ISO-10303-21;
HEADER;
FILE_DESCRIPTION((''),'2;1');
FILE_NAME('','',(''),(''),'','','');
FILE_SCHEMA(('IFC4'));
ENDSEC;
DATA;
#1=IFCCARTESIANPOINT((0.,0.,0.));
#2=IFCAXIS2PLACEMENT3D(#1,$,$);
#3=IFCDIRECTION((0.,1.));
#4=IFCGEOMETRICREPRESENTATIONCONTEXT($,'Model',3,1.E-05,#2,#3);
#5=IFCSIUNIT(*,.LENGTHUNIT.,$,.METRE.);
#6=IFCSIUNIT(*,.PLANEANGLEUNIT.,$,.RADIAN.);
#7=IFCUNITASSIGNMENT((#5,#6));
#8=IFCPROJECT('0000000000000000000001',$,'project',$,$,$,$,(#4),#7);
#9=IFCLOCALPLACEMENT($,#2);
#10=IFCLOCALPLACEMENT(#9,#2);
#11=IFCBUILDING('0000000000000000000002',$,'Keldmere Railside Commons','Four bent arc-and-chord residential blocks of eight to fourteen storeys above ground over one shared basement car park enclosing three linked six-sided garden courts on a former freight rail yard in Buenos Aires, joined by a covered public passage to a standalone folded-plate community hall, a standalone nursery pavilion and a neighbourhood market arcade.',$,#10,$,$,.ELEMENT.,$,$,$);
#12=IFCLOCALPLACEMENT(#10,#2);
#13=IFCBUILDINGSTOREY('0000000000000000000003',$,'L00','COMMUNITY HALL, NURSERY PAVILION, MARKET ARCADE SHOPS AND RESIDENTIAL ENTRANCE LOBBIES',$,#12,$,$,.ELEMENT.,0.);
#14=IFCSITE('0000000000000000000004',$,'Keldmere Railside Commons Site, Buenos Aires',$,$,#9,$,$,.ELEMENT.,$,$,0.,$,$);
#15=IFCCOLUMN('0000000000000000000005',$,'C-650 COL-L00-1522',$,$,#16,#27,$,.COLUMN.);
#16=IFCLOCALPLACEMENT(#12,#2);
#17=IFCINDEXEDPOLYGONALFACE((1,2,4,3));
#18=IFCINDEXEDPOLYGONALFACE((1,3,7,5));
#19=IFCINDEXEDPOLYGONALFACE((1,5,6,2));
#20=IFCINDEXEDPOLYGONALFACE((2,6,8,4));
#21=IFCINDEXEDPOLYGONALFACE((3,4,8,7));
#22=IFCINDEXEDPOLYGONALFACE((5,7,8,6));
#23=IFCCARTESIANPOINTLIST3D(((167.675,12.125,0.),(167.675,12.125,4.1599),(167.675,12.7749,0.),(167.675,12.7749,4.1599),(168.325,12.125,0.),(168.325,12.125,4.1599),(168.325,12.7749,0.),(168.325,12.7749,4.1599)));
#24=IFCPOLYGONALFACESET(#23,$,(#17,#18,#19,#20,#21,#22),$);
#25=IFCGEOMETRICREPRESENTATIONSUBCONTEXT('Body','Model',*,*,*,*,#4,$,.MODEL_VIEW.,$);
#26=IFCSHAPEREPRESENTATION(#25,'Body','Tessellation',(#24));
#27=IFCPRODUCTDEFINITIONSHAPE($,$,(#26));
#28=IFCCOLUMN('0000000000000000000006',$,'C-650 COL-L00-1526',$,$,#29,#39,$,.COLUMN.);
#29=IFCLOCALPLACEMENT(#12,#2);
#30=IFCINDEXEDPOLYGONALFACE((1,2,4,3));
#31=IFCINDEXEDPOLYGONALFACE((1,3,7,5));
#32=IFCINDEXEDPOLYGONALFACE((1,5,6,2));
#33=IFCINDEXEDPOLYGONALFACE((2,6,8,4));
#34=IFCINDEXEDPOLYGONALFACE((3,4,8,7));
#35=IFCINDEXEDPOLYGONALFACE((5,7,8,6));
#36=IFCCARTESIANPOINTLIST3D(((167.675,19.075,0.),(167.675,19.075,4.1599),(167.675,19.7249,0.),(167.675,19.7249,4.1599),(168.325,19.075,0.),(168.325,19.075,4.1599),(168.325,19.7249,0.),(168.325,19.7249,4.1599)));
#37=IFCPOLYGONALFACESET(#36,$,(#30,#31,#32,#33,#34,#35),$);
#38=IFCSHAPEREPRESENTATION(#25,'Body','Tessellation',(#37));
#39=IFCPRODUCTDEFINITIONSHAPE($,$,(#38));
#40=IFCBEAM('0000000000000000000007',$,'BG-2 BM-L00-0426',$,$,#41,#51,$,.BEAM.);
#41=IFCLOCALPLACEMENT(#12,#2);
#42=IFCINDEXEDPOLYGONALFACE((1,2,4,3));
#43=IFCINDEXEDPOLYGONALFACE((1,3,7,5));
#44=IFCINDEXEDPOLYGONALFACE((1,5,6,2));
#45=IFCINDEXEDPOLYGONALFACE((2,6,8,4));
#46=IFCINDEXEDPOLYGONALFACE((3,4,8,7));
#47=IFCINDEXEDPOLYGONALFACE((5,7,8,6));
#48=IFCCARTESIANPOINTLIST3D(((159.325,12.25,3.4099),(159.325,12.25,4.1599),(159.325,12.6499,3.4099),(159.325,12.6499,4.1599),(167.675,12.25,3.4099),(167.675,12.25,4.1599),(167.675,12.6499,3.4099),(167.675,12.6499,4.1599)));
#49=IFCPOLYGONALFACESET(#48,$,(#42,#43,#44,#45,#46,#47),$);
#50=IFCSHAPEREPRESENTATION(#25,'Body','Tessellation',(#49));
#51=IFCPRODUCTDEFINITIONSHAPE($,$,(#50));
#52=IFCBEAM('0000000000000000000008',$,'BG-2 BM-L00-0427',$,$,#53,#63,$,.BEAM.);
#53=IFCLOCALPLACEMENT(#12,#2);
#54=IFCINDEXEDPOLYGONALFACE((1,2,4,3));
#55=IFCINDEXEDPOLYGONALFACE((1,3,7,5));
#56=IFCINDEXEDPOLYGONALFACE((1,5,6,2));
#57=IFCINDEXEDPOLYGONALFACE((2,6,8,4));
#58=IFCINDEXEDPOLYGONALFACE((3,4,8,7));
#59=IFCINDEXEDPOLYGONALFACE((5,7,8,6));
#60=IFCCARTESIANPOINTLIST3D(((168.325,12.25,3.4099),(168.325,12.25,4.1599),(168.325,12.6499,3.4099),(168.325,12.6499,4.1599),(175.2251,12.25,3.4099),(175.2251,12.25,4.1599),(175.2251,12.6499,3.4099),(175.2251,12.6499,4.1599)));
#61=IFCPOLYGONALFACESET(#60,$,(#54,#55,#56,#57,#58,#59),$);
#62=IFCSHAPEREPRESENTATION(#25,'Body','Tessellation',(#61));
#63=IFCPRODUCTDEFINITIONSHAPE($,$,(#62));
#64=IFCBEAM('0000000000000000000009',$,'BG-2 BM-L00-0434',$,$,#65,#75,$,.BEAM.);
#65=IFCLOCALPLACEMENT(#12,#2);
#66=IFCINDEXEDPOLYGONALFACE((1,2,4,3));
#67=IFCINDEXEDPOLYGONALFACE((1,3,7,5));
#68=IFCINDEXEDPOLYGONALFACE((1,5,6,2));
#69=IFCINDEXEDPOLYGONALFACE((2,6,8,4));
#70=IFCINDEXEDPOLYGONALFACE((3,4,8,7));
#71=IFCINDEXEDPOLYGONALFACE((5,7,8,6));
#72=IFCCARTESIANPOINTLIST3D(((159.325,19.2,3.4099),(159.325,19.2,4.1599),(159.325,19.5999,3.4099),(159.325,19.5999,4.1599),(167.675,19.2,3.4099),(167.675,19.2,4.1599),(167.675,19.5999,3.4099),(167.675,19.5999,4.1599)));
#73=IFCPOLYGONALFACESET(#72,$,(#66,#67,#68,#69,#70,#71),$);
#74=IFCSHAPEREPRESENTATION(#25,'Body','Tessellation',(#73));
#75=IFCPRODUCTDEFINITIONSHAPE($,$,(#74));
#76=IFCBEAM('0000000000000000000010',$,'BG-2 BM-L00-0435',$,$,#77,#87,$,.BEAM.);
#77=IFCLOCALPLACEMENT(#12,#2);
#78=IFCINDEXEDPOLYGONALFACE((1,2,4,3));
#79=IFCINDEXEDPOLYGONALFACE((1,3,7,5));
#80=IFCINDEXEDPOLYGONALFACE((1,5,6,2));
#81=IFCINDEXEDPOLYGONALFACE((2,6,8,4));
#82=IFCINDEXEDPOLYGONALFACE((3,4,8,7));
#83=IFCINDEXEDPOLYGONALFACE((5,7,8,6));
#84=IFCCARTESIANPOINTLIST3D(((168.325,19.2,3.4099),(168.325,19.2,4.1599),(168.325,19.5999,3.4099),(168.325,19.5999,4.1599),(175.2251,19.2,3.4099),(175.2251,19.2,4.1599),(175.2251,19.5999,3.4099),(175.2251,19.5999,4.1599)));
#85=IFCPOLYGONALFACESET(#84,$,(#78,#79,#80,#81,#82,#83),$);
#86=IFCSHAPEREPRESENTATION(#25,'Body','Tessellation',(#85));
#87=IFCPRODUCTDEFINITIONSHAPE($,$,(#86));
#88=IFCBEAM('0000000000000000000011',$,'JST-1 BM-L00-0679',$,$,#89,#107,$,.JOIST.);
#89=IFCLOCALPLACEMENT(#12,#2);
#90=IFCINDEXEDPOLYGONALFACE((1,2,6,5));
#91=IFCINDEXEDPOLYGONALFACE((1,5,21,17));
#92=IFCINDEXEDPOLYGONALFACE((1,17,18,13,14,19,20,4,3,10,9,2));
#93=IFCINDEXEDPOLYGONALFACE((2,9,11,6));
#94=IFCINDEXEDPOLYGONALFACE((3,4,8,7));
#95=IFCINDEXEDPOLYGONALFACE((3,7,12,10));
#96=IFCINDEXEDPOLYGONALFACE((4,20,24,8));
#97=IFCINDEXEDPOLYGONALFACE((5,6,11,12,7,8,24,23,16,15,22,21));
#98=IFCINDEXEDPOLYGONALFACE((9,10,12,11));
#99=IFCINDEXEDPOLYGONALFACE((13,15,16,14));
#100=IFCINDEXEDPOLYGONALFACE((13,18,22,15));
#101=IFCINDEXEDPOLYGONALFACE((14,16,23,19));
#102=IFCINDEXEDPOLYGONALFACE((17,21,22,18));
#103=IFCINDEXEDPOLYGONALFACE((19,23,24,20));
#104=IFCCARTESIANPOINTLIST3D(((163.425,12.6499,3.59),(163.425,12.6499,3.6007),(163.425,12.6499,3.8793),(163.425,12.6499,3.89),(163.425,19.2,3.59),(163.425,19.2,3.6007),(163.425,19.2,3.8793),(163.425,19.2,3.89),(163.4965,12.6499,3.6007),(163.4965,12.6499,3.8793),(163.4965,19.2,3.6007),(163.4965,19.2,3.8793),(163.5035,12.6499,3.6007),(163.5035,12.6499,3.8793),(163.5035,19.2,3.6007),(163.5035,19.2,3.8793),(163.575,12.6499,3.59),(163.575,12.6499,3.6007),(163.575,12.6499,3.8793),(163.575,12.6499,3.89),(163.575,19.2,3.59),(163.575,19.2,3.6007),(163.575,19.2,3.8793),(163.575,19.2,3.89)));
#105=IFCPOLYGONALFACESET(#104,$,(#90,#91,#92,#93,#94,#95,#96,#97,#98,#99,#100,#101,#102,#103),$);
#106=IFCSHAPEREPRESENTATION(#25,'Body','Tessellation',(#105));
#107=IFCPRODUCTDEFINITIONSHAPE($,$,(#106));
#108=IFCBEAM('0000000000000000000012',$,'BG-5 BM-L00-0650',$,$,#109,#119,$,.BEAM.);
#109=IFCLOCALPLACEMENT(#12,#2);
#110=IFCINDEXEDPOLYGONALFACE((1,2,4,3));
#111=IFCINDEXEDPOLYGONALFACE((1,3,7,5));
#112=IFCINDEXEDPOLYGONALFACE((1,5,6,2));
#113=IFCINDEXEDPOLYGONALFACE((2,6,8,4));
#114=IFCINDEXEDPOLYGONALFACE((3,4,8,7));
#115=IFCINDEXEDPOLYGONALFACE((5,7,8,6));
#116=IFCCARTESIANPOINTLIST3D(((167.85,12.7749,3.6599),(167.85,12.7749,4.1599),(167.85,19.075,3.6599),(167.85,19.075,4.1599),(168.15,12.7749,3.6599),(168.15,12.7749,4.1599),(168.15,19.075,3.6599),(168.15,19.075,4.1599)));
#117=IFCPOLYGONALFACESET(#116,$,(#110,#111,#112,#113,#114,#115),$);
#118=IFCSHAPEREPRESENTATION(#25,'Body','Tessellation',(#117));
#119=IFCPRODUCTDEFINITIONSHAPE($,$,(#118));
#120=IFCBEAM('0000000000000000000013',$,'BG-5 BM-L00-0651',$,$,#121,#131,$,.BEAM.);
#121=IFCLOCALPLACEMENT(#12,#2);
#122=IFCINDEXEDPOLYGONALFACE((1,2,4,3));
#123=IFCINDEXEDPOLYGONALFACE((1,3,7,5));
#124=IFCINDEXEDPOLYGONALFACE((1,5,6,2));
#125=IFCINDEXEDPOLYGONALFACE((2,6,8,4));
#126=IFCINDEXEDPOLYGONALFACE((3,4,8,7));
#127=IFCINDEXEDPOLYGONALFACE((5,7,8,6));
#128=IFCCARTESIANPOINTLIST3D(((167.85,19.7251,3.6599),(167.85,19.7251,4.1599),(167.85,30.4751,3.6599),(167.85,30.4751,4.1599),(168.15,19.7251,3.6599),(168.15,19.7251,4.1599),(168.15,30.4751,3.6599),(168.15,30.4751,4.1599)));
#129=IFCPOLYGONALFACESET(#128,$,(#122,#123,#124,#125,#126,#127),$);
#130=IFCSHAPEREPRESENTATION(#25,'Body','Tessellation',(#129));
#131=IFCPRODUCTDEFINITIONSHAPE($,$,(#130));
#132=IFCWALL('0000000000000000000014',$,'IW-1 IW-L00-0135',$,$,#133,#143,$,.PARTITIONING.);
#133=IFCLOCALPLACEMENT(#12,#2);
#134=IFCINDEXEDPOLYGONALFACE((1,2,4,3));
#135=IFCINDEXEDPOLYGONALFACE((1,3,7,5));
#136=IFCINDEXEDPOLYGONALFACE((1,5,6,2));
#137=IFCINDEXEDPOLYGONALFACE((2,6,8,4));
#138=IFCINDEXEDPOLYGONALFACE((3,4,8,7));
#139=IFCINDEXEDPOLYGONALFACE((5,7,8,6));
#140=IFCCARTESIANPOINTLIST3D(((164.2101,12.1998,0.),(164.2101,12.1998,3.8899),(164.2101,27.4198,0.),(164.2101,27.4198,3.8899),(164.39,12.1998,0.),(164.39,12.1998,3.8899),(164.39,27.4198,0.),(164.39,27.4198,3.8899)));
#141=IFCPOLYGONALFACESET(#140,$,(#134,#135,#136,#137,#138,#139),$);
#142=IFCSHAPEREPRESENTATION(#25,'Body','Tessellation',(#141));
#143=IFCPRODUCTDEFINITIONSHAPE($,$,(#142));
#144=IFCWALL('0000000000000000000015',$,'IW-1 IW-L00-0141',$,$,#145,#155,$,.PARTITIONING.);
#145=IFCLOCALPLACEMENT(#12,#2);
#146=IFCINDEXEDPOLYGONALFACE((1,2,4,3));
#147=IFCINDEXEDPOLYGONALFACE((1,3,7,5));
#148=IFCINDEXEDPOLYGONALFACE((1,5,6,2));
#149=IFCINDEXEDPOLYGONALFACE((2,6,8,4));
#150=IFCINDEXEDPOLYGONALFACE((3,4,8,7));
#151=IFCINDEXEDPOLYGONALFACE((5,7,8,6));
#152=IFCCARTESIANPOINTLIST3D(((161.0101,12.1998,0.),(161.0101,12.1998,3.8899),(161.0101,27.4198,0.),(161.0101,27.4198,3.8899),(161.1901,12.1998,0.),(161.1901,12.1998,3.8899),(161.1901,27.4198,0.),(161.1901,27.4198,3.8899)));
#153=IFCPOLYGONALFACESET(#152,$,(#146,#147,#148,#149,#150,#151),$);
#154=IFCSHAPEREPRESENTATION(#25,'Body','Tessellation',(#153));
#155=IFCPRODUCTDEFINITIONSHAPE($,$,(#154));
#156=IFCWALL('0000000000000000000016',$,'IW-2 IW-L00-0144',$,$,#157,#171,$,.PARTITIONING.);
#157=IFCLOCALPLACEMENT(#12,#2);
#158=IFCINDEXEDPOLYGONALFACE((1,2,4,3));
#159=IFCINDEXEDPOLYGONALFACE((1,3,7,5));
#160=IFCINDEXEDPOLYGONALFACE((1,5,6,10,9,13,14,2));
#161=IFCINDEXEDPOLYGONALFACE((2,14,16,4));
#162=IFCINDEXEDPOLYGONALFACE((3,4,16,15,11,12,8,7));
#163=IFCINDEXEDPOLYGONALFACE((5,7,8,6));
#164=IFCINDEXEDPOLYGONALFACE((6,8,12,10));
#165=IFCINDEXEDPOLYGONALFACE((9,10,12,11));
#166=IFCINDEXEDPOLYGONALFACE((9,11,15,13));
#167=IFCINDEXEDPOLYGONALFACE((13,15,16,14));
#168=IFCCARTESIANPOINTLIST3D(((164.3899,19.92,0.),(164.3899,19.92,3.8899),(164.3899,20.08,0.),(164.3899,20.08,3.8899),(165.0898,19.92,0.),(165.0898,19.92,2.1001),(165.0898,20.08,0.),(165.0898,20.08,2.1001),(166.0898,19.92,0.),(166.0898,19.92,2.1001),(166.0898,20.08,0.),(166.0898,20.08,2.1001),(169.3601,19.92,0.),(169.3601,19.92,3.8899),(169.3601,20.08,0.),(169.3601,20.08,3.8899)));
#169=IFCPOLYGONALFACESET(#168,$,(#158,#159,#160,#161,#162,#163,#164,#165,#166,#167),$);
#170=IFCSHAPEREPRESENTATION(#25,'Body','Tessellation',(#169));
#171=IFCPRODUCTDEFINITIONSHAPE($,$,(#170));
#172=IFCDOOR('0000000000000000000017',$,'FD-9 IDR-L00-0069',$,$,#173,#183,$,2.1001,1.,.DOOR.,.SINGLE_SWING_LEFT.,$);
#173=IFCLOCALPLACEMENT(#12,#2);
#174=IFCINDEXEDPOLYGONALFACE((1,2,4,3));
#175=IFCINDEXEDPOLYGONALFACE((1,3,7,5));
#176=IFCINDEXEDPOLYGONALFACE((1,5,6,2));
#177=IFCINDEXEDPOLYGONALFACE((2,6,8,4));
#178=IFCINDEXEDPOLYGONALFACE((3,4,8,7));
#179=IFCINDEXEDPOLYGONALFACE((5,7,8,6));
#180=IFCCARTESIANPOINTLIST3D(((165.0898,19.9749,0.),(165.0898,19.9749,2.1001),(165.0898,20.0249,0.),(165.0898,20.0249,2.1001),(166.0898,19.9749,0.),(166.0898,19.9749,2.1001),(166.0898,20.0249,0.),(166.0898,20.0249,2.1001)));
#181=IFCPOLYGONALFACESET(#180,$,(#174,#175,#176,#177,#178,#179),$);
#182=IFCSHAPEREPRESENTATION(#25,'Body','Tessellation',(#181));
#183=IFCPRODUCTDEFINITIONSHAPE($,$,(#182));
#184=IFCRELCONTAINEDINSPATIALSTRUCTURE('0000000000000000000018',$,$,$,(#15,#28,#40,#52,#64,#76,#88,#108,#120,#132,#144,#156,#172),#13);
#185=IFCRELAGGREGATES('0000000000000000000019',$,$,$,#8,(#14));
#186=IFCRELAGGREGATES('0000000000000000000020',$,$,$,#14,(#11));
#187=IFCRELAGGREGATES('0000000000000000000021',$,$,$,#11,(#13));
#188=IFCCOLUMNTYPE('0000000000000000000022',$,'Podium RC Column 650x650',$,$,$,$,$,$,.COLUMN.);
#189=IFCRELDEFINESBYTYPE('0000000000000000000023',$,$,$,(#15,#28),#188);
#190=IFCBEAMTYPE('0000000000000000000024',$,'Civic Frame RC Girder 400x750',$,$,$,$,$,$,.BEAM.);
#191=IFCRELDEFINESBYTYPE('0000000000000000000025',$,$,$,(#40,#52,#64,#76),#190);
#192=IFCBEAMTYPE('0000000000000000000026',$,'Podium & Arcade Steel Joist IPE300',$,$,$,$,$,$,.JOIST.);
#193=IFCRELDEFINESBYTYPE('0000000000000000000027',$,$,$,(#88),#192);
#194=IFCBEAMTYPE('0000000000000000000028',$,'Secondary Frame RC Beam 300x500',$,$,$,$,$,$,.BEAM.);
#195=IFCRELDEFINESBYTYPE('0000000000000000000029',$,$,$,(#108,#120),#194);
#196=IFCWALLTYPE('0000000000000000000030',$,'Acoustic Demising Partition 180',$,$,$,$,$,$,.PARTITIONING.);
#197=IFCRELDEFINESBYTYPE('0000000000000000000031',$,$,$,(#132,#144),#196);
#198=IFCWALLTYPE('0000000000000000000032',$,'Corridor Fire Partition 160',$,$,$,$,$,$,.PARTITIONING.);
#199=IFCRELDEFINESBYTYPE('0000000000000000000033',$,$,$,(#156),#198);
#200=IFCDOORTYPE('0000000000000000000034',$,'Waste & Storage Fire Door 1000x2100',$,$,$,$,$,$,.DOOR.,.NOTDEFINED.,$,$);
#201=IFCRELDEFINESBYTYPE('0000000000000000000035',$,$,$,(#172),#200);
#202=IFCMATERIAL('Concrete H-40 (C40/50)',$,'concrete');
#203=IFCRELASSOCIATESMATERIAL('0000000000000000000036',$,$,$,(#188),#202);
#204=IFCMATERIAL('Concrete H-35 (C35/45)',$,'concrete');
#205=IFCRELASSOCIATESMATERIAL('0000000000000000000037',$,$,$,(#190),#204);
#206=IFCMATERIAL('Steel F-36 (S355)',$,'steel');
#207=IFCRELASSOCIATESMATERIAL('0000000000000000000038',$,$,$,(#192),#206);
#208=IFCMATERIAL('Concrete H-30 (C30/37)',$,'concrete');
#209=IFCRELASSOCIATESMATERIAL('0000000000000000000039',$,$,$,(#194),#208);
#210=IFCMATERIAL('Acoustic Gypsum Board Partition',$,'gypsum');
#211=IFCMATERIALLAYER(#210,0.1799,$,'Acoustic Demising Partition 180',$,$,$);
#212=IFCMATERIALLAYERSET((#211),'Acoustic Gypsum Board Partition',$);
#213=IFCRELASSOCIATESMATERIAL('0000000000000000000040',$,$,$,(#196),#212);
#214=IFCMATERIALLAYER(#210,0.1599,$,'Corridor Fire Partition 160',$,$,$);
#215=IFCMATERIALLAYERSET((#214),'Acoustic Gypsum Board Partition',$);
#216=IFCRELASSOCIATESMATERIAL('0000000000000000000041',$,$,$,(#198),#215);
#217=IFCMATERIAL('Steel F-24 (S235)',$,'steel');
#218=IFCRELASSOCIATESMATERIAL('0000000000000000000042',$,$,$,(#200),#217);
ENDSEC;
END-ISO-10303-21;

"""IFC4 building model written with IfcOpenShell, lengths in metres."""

from ifc_helpers import new_model, si_unit, direction, frame, frame_2d, origin, origin_2d, place, context, subcontext, project, spatial, rectangle, i_section, extrude, material, layer, layer_set, material_profile, profile_set, type_object, element, fill, save


model = new_model("IFC4")

# Units and contexts
model_context = context("Model", 3, precision=1e-05, world=origin(), true_north=direction((0.0, 1.0)))
body_context = subcontext(model_context, "Body", "Model", "MODEL_VIEW")
ifc_project = project(units=[si_unit("LENGTHUNIT", "METRE"), si_unit("PLANEANGLEUNIT", "RADIAN")], contexts=[model_context])

# Site, building, storey
site_placement = place(None, origin())
site = spatial("IfcSite", under=ifc_project, at=site_placement, Name="Keldmere Railside Commons Site, Buenos Aires", CompositionType="ELEMENT", RefElevation=0.0)
building_placement = place(site_placement, origin())
building = spatial("IfcBuilding", under=site, at=building_placement, Name="Keldmere Railside Commons", Description="Four bent arc-and-chord residential blocks of eight to fourteen storeys above ground over one shared basement car park enclosing three linked six-sided garden courts on a former freight rail yard in Buenos Aires, joined by a covered public passage to a standalone folded-plate community hall, a standalone nursery pavilion and a neighbourhood market arcade.", CompositionType="ELEMENT")
storey_placement = place(building_placement, origin())
storey = spatial("IfcBuildingStorey", under=building, at=storey_placement, Name="L00", Description="COMMUNITY HALL, NURSERY PAVILION, MARKET ARCADE SHOPS AND RESIDENTIAL ENTRANCE LOBBIES", CompositionType="ELEMENT", Elevation=0.0)

# Columns
ifc_material_1 = material(Name="Concrete H-40 (C40/50)", Category="concrete")
ifc_material_profile_1 = material_profile(ifc_material_1, rectangle(XDim=0.6499, YDim=0.6499, at=origin_2d()), Name="RC-650x650")
ifc_profile_set_1 = profile_set([ifc_material_profile_1], Name="Concrete H-40 (C40/50)")
column_type = type_object("IfcColumnType", Name="Podium RC Column 650x650", PredefinedType="COLUMN", material=ifc_profile_set_1)
for number, where, z_axis, x_axis, name in (
    (1, (168.0, 12.45, 0.0), (0.0, 0.0, 1.0), (1.0, 0.0, 0.0), "C-650 COL-L00-1522"),
    (2, (168.0, 19.3999, 0.0), (0.0, 0.0, 1.0), (1.0, 0.0, 0.0), "C-650 COL-L00-1526"),
):
    element("IfcColumn", number, at=place(storey_placement, frame(where, z_axis=z_axis, x_axis=x_axis)), inside=storey, type_object=column_type, Name=name, PredefinedType="COLUMN", context=body_context, shape_type="SweptSolid", body=[
        extrude(rectangle(XDim=0.6499, YDim=0.6499, at=origin_2d()), origin(), (0.0, 0.0, 1.0), 4.1599),
    ])

# Beams
ifc_material_2 = material(Name="Concrete H-35 (C35/45)", Category="concrete")
ifc_material_profile_2 = material_profile(ifc_material_2, rectangle(XDim=0.3999, YDim=0.75, at=origin_2d()), Name="RC-400x750")
ifc_profile_set_2 = profile_set([ifc_material_profile_2], Name="Concrete H-35 (C35/45)")
beam_type_1 = type_object("IfcBeamType", Name="Civic Frame RC Girder 400x750", PredefinedType="BEAM", material=ifc_profile_set_2)
beam_1_placement = place(storey_placement, frame((159.325, 12.45, 3.7849), z_axis=(1.0, 0.0, 0.0), x_axis=(0.0, 1.0, 0.0)))
element("IfcBeam", 3, at=beam_1_placement, inside=storey, type_object=beam_type_1, Name="BG-2 BM-L00-0426", PredefinedType="BEAM", context=body_context, shape_type="SweptSolid", body=[
    extrude(rectangle(XDim=0.3999, YDim=0.75, at=origin_2d()), origin(), (0.0, 0.0, 1.0), 8.3501),
])
beam_2_placement = place(storey_placement, frame((168.325, 12.45, 3.7849), z_axis=(1.0, 0.0, 0.0), x_axis=(0.0, 1.0, 0.0)))
element("IfcBeam", 4, at=beam_2_placement, inside=storey, type_object=beam_type_1, Name="BG-2 BM-L00-0427", PredefinedType="BEAM", context=body_context, shape_type="SweptSolid", body=[
    extrude(rectangle(XDim=0.3999, YDim=0.75, at=origin_2d()), origin(), (0.0, 0.0, 1.0), 6.9001),
])
beam_3_placement = place(storey_placement, frame((159.325, 19.3999, 3.7849), z_axis=(1.0, 0.0, 0.0), x_axis=(0.0, 1.0, 0.0)))
element("IfcBeam", 5, at=beam_3_placement, inside=storey, type_object=beam_type_1, Name="BG-2 BM-L00-0434", PredefinedType="BEAM", context=body_context, shape_type="SweptSolid", body=[
    extrude(rectangle(XDim=0.3999, YDim=0.75, at=origin_2d()), origin(), (0.0, 0.0, 1.0), 8.3501),
])
beam_4_placement = place(storey_placement, frame((168.325, 19.3999, 3.7849), z_axis=(1.0, 0.0, 0.0), x_axis=(0.0, 1.0, 0.0)))
element("IfcBeam", 6, at=beam_4_placement, inside=storey, type_object=beam_type_1, Name="BG-2 BM-L00-0435", PredefinedType="BEAM", context=body_context, shape_type="SweptSolid", body=[
    extrude(rectangle(XDim=0.3999, YDim=0.75, at=origin_2d()), origin(), (0.0, 0.0, 1.0), 6.9001),
])
ifc_material_3 = material(Name="Steel F-36 (S355)", Category="steel")
ifc_material_profile_3 = material_profile(ifc_material_3, i_section(OverallWidth=0.1499, OverallDepth=0.3, WebThickness=0.0071, FlangeThickness=0.0107, at=origin_2d()), Name="IPE-300")
ifc_profile_set_3 = profile_set([ifc_material_profile_3], Name="Steel F-36 (S355)")
beam_type_2 = type_object("IfcBeamType", Name="Podium & Arcade Steel Joist IPE300", PredefinedType="JOIST", material=ifc_profile_set_3)
beam_5_placement = place(storey_placement, frame((163.5, 12.6499, 3.74), z_axis=(0.0, 1.0, 0.0), x_axis=(-1.0, 0.0, 0.0)))
element("IfcBeam", 7, at=beam_5_placement, inside=storey, type_object=beam_type_2, Name="JST-1 BM-L00-0679", PredefinedType="JOIST", context=body_context, shape_type="SweptSolid", body=[
    extrude(i_section(OverallWidth=0.1499, OverallDepth=0.3, WebThickness=0.0071, FlangeThickness=0.0107, at=origin_2d()), origin(), (0.0, 0.0, 1.0), 6.55),
])
ifc_material_4 = material(Name="Concrete H-30 (C30/37)", Category="concrete")
ifc_material_profile_4 = material_profile(ifc_material_4, rectangle(XDim=0.3, YDim=0.5, at=origin_2d()), Name="RC-300x500")
ifc_profile_set_4 = profile_set([ifc_material_profile_4], Name="Concrete H-30 (C30/37)")
beam_type_3 = type_object("IfcBeamType", Name="Secondary Frame RC Beam 300x500", PredefinedType="BEAM", material=ifc_profile_set_4)
beam_6_placement = place(storey_placement, frame((168.0, 12.7749, 3.9099), z_axis=(0.0, 1.0, 0.0), x_axis=(-1.0, 0.0, 0.0)))
element("IfcBeam", 8, at=beam_6_placement, inside=storey, type_object=beam_type_3, Name="BG-5 BM-L00-0650", PredefinedType="BEAM", context=body_context, shape_type="SweptSolid", body=[
    extrude(rectangle(XDim=0.3, YDim=0.5, at=origin_2d()), origin(), (0.0, 0.0, 1.0), 6.3),
])
beam_7_placement = place(storey_placement, frame((168.0, 19.7251, 3.9099), z_axis=(0.0, 1.0, 0.0), x_axis=(-1.0, 0.0, 0.0)))
element("IfcBeam", 9, at=beam_7_placement, inside=storey, type_object=beam_type_3, Name="BG-5 BM-L00-0651", PredefinedType="BEAM", context=body_context, shape_type="SweptSolid", body=[
    extrude(rectangle(XDim=0.3, YDim=0.5, at=origin_2d()), origin(), (0.0, 0.0, 1.0), 10.75),
])

# Walls
ifc_material_5 = material(Name="Acoustic Gypsum Board Partition", Category="gypsum")
ifc_layer_1 = layer(ifc_material_5, 0.1799, Name="Acoustic Demising Partition 180")
ifc_layer_set_1 = layer_set([ifc_layer_1], Name="Acoustic Gypsum Board Partition")
wall_type_1 = type_object("IfcWallType", Name="Acoustic Demising Partition 180", PredefinedType="PARTITIONING", material=ifc_layer_set_1)
for number, where, z_axis, x_axis, name in (
    (10, (164.3, 12.2, 0.0), (0.0, 0.0, 1.0), (0.0, 1.0, 0.0), "IW-1 IW-L00-0135"),
    (11, (161.1001, 12.2, 0.0), (0.0, 0.0, 1.0), (0.0, 1.0, 0.0), "IW-1 IW-L00-0141"),
):
    element("IfcWall", number, at=place(storey_placement, frame(where, z_axis=z_axis, x_axis=x_axis)), inside=storey, type_object=wall_type_1, Name=name, PredefinedType="PARTITIONING", context=body_context, shape_type="SweptSolid", body=[
        extrude(rectangle(XDim=15.22, YDim=0.1799, at=frame_2d((7.6099, 0.0))), origin(), (0.0, 0.0, 1.0), 3.8899),
    ])

# Wall, opening, door
ifc_layer_2 = layer(ifc_material_5, 0.1599, Name="Corridor Fire Partition 160")
ifc_layer_set_2 = layer_set([ifc_layer_2], Name="Acoustic Gypsum Board Partition")
wall_type_2 = type_object("IfcWallType", Name="Corridor Fire Partition 160", PredefinedType="PARTITIONING", material=ifc_layer_set_2)
wall_1_placement = place(storey_placement, frame((164.3899, 20.0, 0.0), z_axis=(0.0, 0.0, 1.0), x_axis=(1.0, 0.0, 0.0)))
wall_1 = element("IfcWall", 12, at=wall_1_placement, inside=storey, type_object=wall_type_2, Name="IW-2 IW-L00-0144", PredefinedType="PARTITIONING", context=body_context, shape_type="SweptSolid", body=[
    extrude(rectangle(XDim=4.9702, YDim=0.1599, at=frame_2d((2.4851, 0.0))), origin(), (0.0, 0.0, 1.0), 3.8899),
])
opening_1_placement = place(wall_1_placement, frame((0.7, 0.0, 0.0)))
opening_1 = element("IfcOpeningElement", 13, at=opening_1_placement, cuts=wall_1, PredefinedType="OPENING", context=body_context, shape_type="SweptSolid", body=[
    extrude(rectangle(XDim=1.0, YDim=2.1001, at=frame_2d((0.5, 1.05))), frame((0.0, 0.0898, 0.0), z_axis=(0.0, -1.0, 0.0), x_axis=(1.0, 0.0, 0.0)), (0.0, 0.0, 1.0), 0.1799),
])
ifc_material_6 = material(Name="Steel F-24 (S235)", Category="steel")
door_type_1 = type_object("IfcDoorType", Name="Waste & Storage Fire Door 1000x2100", OperationType="NOTDEFINED", PredefinedType="DOOR", material=ifc_material_6)
door_1_placement = place(opening_1_placement, origin())
door_1 = element("IfcDoor", 14, at=door_1_placement, inside=storey, type_object=door_type_1, Name="FD-9 IDR-L00-0069", OperationType="SINGLE_SWING_LEFT", OverallHeight=2.1001, OverallWidth=1.0, PredefinedType="DOOR", context=body_context, shape_type="SweptSolid", body=[
    extrude(rectangle(XDim=1.0, YDim=2.1001, at=frame_2d((0.5, 1.05))), frame((0.0, 0.0249, 0.0), z_axis=(0.0, -1.0, 0.0), x_axis=(1.0, 0.0, 0.0)), (0.0, 0.0, 1.0), 0.05),
])
fill(opening_1, door_1)

save(model, "model.ifc")
